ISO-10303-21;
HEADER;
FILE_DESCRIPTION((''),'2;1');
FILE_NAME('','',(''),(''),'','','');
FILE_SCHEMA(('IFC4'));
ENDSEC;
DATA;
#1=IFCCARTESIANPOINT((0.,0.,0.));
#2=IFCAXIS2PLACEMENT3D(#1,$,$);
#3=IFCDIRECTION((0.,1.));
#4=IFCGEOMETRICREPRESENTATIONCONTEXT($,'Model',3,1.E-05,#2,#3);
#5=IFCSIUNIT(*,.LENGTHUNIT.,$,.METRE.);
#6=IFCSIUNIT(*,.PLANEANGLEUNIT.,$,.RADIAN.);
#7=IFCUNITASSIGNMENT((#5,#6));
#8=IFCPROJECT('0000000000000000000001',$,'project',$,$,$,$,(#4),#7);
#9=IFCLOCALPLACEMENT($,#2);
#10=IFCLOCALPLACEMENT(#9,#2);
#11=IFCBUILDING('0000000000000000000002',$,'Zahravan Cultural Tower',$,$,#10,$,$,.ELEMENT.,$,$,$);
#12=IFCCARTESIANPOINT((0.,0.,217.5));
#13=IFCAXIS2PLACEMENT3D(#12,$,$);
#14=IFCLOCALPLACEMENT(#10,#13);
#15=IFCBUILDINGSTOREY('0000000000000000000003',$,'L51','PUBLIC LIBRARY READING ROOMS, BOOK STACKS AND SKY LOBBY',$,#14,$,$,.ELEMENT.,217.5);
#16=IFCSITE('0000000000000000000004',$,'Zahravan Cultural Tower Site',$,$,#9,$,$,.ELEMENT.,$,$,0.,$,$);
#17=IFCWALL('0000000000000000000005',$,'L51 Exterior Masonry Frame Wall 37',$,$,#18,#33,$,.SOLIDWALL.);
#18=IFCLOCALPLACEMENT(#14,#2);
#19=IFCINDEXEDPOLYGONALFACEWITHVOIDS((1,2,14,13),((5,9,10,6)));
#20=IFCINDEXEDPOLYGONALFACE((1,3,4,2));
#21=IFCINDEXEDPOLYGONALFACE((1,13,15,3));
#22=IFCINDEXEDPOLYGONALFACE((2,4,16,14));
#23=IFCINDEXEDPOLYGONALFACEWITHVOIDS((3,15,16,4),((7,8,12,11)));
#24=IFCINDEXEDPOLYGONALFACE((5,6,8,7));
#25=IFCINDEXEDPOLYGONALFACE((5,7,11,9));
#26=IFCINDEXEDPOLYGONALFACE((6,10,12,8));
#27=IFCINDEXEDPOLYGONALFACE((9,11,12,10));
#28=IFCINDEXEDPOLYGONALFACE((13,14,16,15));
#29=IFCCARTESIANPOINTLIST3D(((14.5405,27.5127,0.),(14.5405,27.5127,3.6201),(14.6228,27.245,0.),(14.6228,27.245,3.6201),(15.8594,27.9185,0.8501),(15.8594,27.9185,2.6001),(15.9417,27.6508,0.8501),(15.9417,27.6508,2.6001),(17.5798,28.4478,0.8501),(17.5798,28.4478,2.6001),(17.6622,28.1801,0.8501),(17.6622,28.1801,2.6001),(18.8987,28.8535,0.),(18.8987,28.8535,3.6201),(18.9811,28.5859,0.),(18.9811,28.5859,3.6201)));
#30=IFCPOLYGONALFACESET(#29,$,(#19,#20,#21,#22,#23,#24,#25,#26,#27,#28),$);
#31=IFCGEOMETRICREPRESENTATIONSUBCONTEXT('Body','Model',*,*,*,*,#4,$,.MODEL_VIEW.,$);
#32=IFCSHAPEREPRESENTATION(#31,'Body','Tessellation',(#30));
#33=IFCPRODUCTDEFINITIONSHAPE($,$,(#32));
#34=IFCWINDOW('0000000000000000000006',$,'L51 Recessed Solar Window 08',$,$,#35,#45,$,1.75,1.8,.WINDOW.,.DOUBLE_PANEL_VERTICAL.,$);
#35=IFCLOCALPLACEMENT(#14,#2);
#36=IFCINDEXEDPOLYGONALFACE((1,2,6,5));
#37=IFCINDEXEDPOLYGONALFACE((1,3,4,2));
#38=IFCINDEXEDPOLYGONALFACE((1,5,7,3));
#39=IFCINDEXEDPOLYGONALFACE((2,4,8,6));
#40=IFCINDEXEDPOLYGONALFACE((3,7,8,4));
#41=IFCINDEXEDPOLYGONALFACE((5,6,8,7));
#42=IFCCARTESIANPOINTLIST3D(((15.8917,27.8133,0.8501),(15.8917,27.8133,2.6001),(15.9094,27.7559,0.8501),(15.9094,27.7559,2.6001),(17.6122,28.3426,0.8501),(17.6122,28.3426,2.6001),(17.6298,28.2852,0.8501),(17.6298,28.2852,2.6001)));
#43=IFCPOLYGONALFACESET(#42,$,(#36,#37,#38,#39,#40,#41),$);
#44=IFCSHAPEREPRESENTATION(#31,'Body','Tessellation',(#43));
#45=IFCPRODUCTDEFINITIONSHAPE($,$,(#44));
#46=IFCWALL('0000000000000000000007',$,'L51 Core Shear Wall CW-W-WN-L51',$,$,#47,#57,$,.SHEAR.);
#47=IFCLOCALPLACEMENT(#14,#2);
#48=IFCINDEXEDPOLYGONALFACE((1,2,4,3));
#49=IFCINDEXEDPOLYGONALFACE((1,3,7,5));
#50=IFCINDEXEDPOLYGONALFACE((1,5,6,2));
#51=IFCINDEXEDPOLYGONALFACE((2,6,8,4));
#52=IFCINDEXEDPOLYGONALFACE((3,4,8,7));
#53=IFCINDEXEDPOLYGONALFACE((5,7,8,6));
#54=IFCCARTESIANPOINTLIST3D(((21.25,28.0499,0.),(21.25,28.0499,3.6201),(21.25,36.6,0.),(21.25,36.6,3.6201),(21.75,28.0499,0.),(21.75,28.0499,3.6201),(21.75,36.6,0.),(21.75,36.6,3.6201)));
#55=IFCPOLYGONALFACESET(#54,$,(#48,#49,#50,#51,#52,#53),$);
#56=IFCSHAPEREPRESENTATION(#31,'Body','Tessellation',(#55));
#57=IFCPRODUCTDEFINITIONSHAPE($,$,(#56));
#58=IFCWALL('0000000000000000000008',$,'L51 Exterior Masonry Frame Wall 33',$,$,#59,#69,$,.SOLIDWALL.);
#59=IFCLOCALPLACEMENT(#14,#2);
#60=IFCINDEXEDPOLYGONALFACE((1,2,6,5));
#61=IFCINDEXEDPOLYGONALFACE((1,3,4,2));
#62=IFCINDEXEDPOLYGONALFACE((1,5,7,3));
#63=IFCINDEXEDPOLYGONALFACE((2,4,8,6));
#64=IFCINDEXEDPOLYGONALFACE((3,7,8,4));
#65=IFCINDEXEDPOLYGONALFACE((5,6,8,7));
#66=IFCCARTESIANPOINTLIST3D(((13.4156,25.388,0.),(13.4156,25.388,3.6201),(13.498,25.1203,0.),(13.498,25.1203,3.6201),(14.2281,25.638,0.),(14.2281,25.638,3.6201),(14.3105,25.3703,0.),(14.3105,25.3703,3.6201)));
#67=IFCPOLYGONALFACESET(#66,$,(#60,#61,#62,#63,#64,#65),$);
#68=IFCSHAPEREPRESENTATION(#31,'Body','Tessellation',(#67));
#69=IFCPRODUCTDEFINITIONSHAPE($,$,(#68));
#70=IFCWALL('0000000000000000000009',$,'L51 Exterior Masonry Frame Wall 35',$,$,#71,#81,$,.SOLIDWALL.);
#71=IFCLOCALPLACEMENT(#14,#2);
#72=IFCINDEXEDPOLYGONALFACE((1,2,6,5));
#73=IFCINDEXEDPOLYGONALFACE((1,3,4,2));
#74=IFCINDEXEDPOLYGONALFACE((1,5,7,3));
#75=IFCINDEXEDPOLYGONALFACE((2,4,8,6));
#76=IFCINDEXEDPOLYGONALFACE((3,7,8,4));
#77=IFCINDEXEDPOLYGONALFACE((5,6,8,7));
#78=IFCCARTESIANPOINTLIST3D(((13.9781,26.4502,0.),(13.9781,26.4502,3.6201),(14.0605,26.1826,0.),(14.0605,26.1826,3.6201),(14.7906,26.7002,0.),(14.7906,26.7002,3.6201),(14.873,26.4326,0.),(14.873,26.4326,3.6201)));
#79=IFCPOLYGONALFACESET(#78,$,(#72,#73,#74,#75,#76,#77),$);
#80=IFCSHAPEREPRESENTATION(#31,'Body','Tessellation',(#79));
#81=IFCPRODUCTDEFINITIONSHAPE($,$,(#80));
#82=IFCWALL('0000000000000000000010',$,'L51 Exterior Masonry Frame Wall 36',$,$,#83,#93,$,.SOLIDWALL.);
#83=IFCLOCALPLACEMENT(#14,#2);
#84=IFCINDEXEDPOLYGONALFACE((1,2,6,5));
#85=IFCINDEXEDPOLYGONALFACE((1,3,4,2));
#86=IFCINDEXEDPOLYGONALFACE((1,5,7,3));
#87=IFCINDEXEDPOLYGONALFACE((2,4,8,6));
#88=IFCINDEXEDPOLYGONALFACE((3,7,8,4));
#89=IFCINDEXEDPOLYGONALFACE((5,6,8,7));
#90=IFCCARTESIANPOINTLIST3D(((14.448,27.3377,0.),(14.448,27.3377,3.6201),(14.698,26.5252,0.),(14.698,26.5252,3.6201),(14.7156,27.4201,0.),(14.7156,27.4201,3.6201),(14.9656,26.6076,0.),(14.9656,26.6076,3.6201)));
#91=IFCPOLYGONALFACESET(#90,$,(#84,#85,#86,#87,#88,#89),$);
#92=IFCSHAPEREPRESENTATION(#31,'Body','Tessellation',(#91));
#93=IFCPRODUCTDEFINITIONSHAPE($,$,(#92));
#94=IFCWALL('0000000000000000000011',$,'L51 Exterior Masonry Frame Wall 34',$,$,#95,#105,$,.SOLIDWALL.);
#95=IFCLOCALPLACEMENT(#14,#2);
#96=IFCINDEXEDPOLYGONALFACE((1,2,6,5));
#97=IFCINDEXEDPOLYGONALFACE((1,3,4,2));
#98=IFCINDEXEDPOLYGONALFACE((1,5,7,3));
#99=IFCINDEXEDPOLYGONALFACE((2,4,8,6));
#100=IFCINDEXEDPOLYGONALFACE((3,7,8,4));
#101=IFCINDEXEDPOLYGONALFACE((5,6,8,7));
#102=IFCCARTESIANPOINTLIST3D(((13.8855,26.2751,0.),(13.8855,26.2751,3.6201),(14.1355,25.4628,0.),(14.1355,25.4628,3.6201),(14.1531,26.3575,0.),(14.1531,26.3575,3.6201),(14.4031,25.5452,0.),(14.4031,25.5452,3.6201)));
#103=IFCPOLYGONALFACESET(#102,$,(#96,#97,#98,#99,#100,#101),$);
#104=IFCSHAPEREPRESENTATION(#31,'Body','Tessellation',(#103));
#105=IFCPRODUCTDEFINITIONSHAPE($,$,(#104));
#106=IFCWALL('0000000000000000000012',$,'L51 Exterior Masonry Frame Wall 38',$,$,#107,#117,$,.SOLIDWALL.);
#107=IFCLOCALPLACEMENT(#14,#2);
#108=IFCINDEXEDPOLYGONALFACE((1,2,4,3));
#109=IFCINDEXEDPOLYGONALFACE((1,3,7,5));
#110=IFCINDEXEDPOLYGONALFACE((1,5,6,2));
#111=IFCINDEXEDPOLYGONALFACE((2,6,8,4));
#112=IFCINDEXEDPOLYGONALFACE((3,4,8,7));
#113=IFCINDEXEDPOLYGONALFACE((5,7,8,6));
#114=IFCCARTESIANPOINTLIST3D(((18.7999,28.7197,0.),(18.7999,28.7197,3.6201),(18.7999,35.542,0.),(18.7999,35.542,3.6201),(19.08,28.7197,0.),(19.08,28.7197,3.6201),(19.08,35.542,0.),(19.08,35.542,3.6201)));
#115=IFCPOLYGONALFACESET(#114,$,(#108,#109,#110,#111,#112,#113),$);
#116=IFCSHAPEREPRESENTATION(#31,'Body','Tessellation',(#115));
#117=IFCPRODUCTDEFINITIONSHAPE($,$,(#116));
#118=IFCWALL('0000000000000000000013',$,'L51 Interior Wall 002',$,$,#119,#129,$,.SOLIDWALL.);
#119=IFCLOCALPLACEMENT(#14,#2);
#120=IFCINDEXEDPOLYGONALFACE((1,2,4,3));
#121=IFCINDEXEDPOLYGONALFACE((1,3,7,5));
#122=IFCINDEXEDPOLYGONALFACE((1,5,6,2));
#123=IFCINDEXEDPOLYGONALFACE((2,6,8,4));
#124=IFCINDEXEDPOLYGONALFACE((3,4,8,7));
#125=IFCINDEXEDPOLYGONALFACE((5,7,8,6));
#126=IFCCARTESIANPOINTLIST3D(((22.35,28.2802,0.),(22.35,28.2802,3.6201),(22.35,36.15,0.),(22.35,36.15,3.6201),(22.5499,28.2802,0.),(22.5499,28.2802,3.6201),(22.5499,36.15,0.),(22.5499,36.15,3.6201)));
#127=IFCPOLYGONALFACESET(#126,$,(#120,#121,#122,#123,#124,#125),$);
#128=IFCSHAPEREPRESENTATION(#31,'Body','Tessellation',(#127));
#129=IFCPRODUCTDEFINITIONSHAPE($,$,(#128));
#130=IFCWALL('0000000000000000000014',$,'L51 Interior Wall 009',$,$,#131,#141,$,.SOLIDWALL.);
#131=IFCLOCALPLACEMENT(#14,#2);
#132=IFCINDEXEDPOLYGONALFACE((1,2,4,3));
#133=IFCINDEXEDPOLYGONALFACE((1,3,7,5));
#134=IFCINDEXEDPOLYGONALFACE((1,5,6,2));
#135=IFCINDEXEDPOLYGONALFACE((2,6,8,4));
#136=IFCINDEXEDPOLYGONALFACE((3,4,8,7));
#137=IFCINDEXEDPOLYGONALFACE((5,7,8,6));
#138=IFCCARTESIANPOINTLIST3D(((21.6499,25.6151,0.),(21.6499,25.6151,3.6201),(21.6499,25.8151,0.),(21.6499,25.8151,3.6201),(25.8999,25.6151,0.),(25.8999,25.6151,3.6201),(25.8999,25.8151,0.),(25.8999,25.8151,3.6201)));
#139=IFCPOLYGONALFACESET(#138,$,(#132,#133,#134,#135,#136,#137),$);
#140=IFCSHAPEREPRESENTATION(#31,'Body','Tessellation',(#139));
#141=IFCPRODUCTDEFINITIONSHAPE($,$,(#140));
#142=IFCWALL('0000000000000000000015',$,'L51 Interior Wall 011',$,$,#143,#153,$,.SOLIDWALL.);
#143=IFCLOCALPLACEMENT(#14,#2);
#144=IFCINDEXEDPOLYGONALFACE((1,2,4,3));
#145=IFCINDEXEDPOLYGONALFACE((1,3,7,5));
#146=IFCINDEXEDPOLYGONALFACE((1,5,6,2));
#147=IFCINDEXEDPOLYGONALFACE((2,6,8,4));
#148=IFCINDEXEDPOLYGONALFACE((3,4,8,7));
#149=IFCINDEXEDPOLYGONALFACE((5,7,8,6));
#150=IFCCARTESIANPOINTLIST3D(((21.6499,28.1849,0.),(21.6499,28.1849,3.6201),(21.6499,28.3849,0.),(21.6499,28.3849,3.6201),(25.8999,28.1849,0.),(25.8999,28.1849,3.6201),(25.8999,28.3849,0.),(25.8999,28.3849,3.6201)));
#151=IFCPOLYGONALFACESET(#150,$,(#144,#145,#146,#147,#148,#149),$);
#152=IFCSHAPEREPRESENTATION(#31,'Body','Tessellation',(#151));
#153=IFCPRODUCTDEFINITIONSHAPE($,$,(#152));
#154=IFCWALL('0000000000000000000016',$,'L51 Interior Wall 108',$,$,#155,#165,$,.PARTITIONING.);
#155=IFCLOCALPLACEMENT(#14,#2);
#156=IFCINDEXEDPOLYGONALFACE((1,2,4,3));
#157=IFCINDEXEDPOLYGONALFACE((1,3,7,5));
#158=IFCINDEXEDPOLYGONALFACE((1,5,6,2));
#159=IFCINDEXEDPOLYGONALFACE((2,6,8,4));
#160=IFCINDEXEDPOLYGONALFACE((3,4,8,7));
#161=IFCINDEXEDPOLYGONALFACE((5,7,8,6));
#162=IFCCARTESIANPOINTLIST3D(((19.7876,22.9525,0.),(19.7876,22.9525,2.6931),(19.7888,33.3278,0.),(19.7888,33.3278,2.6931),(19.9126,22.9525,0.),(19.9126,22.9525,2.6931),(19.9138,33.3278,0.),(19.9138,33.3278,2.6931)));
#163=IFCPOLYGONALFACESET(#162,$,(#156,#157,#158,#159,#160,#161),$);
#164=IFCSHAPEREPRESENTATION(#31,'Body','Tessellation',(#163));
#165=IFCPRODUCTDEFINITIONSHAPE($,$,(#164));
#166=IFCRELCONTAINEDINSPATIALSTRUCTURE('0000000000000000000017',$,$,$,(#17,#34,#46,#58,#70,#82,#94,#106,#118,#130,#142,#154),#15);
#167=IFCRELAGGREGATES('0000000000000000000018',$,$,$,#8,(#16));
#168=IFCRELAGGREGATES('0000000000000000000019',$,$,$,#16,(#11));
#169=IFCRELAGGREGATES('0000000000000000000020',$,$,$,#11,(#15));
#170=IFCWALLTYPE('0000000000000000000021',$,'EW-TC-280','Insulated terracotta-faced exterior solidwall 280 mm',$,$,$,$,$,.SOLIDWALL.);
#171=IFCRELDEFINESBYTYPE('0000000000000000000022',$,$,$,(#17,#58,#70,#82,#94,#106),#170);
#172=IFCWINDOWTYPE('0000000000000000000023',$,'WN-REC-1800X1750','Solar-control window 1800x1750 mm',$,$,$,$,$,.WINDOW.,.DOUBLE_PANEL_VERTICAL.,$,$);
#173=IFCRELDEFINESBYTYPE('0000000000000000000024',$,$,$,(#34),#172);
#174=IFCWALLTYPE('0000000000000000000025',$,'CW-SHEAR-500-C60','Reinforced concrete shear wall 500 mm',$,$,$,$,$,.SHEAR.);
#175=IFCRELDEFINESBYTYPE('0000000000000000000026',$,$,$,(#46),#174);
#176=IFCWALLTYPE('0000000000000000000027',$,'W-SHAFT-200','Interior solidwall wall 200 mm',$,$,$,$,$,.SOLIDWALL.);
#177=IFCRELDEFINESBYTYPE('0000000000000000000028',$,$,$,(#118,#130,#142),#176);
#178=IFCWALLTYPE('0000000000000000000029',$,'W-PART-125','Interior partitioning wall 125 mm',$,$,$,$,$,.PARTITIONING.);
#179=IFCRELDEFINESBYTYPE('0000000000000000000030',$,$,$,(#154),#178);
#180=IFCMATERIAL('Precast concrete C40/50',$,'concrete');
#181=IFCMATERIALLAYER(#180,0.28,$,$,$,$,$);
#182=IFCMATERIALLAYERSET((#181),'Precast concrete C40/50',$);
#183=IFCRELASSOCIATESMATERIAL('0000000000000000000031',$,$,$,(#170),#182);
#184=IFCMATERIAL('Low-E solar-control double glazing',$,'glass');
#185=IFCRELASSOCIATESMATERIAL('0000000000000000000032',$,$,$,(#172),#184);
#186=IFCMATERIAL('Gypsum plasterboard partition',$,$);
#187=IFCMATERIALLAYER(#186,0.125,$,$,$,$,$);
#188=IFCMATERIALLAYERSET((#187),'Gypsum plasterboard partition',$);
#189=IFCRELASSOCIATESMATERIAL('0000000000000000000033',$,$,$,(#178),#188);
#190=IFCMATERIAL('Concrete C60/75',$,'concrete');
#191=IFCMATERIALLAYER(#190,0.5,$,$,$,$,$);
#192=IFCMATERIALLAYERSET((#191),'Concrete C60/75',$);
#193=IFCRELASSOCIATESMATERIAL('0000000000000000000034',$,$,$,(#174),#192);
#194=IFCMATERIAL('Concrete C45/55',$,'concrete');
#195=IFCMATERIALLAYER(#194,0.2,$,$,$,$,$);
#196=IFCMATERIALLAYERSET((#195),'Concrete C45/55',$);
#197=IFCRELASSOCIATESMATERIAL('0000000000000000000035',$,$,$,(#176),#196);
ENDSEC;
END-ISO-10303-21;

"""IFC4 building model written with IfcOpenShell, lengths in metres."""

from ifc_helpers import new_model, si_unit, direction, frame, frame_2d, origin, place, context, subcontext, project, spatial, rectangle, extrude, source, transform, mapped, material, layer, layer_set, type_object, element, fill, save


model = new_model("IFC4")

# Units and contexts
model_context = context("Model", 3, precision=1e-05, world=origin(), true_north=direction((0.0, 1.0)))
body_context = subcontext(model_context, "Body", "Model", "MODEL_VIEW")
ifc_project = project(units=[si_unit("LENGTHUNIT", "METRE"), si_unit("PLANEANGLEUNIT", "RADIAN")], contexts=[model_context])

# Site, building, storey
site_placement = place(None, origin())
site = spatial("IfcSite", under=ifc_project, at=site_placement, Name="Zahravan Cultural Tower Site", CompositionType="ELEMENT", RefElevation=0.0)
building_placement = place(site_placement, origin())
building = spatial("IfcBuilding", under=site, at=building_placement, Name="Zahravan Cultural Tower", CompositionType="ELEMENT")
storey_placement = place(building_placement, frame((0.0, 0.0, 217.5)))
storey = spatial("IfcBuildingStorey", under=building, at=storey_placement, Name="L51", Description="PUBLIC LIBRARY READING ROOMS, BOOK STACKS AND SKY LOBBY", CompositionType="ELEMENT", Elevation=217.5)

# Wall, opening, window
ifc_material_1 = material(Name="Precast concrete C40/50", Category="concrete")
ifc_layer_1 = layer(ifc_material_1, 0.28)
ifc_layer_set_1 = layer_set([ifc_layer_1], Name="Precast concrete C40/50")
wall_type_1 = type_object("IfcWallType", Name="EW-TC-280", Description="Insulated terracotta-faced exterior solidwall 280 mm", PredefinedType="SOLIDWALL", material=ifc_layer_set_1)
wall_1_placement = place(storey_placement, frame((14.5818, 27.3789, 0.0), z_axis=(0.0, 0.0, 1.0), x_axis=(0.955788, 0.294056, 0.0)))
wall_1 = element("IfcWall", 1, at=wall_1_placement, inside=storey, type_object=wall_type_1, Name="L51 Exterior Masonry Frame Wall 37", PredefinedType="SOLIDWALL", context=body_context, shape_type="SweptSolid", body=[
    extrude(rectangle(XDim=4.5598, YDim=0.28, at=frame_2d((2.2798, 0.0))), origin(), (0.0, 0.0, 1.0), 3.6201),
])
opening_1_placement = place(wall_1_placement, frame((1.3799, 0.0, 0.8501)))
opening_1 = element("IfcOpeningElement", 2, at=opening_1_placement, cuts=wall_1, PredefinedType="OPENING", context=body_context, shape_type="SweptSolid", body=[
    extrude(rectangle(XDim=1.8, YDim=1.75, at=frame_2d((0.8999, 0.875))), frame((0.0, 0.1499, 0.0), z_axis=(0.0, -1.0, 0.0), x_axis=(1.0, 0.0, 0.0)), (0.0, 0.0, 1.0), 0.3),
])
ifc_material_2 = material(Name="Low-E solar-control double glazing", Category="glass")
window_type = type_object("IfcWindowType", Name="WN-REC-1800X1750", Description="Solar-control window 1800x1750 mm", PartitioningType="DOUBLE_PANEL_VERTICAL", PredefinedType="WINDOW", material=ifc_material_2)
shared_shape_1 = source(origin(), body_context, "Body", "SweptSolid", [
    extrude(rectangle(XDim=1.8, YDim=1.75, at=frame_2d((0.8999, 0.875))), frame((0.0, 0.03, 0.0), z_axis=(0.0, -1.0, 0.0), x_axis=(1.0, 0.0, 0.0)), (0.0, 0.0, 1.0), 0.0601),
])
window_placement = place(opening_1_placement, origin())
window = element("IfcWindow", 3, at=window_placement, inside=storey, type_object=window_type, Name="L51 Recessed Solar Window 08", OverallHeight=1.75, OverallWidth=1.8, PartitioningType="DOUBLE_PANEL_VERTICAL", PredefinedType="WINDOW", context=body_context, shape_type="MappedRepresentation", body=[
    mapped(shared_shape_1, transform((0.0, 0.0, 0.0), x_axis=(1.0, 0.0, 0.0), y_axis=(0.0, 1.0, 0.0), z_axis=(0.0, 0.0, 1.0), scale=1.0)),
])
fill(opening_1, window)

# Shared definitions
ifc_material_3 = material(Name="Gypsum plasterboard partition")
ifc_layer_2 = layer(ifc_material_3, 0.125)
ifc_layer_set_2 = layer_set([ifc_layer_2], Name="Gypsum plasterboard partition")
wall_type_2 = type_object("IfcWallType", Name="W-PART-125", Description="Interior partitioning wall 125 mm", PredefinedType="PARTITIONING", material=ifc_layer_set_2)

# Walls
ifc_material_4 = material(Name="Concrete C60/75", Category="concrete")
ifc_layer_3 = layer(ifc_material_4, 0.5)
ifc_layer_set_3 = layer_set([ifc_layer_3], Name="Concrete C60/75")
wall_type_3 = type_object("IfcWallType", Name="CW-SHEAR-500-C60", Description="Reinforced concrete shear wall 500 mm", PredefinedType="SHEAR", material=ifc_layer_set_3)
shared_shape_2 = source(origin(), body_context, "Body", "SweptSolid", [
    extrude(rectangle(XDim=8.55, YDim=0.5, at=frame_2d((4.2749, 0.0))), origin(), (0.0, 0.0, 1.0), 3.6201),
])
wall_2_placement = place(storey_placement, frame((21.5, 28.05, 0.0), z_axis=(0.0, 0.0, 1.0), x_axis=(0.0, 1.0, 0.0)))
element("IfcWall", 4, at=wall_2_placement, inside=storey, type_object=wall_type_3, Name="L51 Core Shear Wall CW-W-WN-L51", PredefinedType="SHEAR", context=body_context, shape_type="MappedRepresentation", body=[
    mapped(shared_shape_2, transform((0.0, 0.0, 0.0), x_axis=(1.0, 0.0, 0.0), y_axis=(0.0, 1.0, 0.0), z_axis=(0.0, 0.0, 1.0), scale=1.0)),
])
shared_shape_3 = source(origin(), body_context, "Body", "SweptSolid", [
    extrude(rectangle(XDim=0.8501, YDim=0.28, at=frame_2d((0.425, 0.0))), origin(), (0.0, 0.0, 1.0), 3.6201),
])
for number, where, z_axis, x_axis, name in (
    (5, (13.4568, 25.2542, 0.0), (0.0, 0.0, 1.0), (0.955779, 0.294086, 0.0), "L51 Exterior Masonry Frame Wall 33"),
    (6, (14.0193, 26.3164, 0.0), (0.0, 0.0, 1.0), (0.955779, 0.294086, 0.0), "L51 Exterior Masonry Frame Wall 35"),
    (7, (14.8318, 26.5664, 0.0), (0.0, 0.0, 1.0), (-0.294086, 0.955779, 0.0), "L51 Exterior Masonry Frame Wall 36"),
):
    element("IfcWall", number, at=place(storey_placement, frame(where, z_axis=z_axis, x_axis=x_axis)), inside=storey, type_object=wall_type_1, Name=name, PredefinedType="SOLIDWALL", context=body_context, shape_type="MappedRepresentation", body=[
        mapped(shared_shape_3, transform((0.0, 0.0, 0.0), x_axis=(1.0, 0.0, 0.0), y_axis=(0.0, 1.0, 0.0), z_axis=(0.0, 0.0, 1.0), scale=1.0)),
    ])
shared_shape_4 = source(origin(), body_context, "Body", "SweptSolid", [
    extrude(rectangle(XDim=0.8499, YDim=0.28, at=frame_2d((0.4248, 0.0))), origin(), (0.0, 0.0, 1.0), 3.6201),
])
wall_3_placement = place(storey_placement, frame((14.2693, 25.5042, 0.0), z_axis=(0.0, 0.0, 1.0), x_axis=(-0.294167, 0.955754, 0.0)))
element("IfcWall", 8, at=wall_3_placement, inside=storey, type_object=wall_type_1, Name="L51 Exterior Masonry Frame Wall 34", PredefinedType="SOLIDWALL", context=body_context, shape_type="MappedRepresentation", body=[
    mapped(shared_shape_4, transform((0.0, 0.0, 0.0), x_axis=(1.0, 0.0, 0.0), y_axis=(0.0, 1.0, 0.0), z_axis=(0.0, 0.0, 1.0), scale=1.0)),
])
shared_shape_5 = source(origin(), body_context, "Body", "SweptSolid", [
    extrude(rectangle(XDim=6.8223, YDim=0.28, at=frame_2d((3.4111, 0.0))), origin(), (0.0, 0.0, 1.0), 3.6201),
])
wall_4_placement = place(storey_placement, frame((18.9399, 28.7197, 0.0), z_axis=(0.0, 0.0, 1.0), x_axis=(0.0, 1.0, 0.0)))
element("IfcWall", 9, at=wall_4_placement, inside=storey, type_object=wall_type_1, Name="L51 Exterior Masonry Frame Wall 38", PredefinedType="SOLIDWALL", context=body_context, shape_type="MappedRepresentation", body=[
    mapped(shared_shape_5, transform((0.0, 0.0, 0.0), x_axis=(1.0, 0.0, 0.0), y_axis=(0.0, 1.0, 0.0), z_axis=(0.0, 0.0, 1.0), scale=1.0)),
])
ifc_material_5 = material(Name="Concrete C45/55", Category="concrete")
ifc_layer_4 = layer(ifc_material_5, 0.2)
ifc_layer_set_4 = layer_set([ifc_layer_4], Name="Concrete C45/55")
wall_type_4 = type_object("IfcWallType", Name="W-SHAFT-200", Description="Interior solidwall wall 200 mm", PredefinedType="SOLIDWALL", material=ifc_layer_set_4)
shared_shape_6 = source(origin(), body_context, "Body", "SweptSolid", [
    extrude(rectangle(XDim=7.8699, YDim=0.2, at=frame_2d((3.9351, 0.0))), origin(), (0.0, 0.0, 1.0), 3.6201),
])
wall_5_placement = place(storey_placement, frame((22.45, 28.28, 0.0), z_axis=(0.0, 0.0, 1.0), x_axis=(0.0, 1.0, 0.0)))
element("IfcWall", 10, at=wall_5_placement, inside=storey, type_object=wall_type_4, Name="L51 Interior Wall 002", PredefinedType="SOLIDWALL", context=body_context, shape_type="MappedRepresentation", body=[
    mapped(shared_shape_6, transform((0.0, 0.0, 0.0), x_axis=(1.0, 0.0, 0.0), y_axis=(0.0, 1.0, 0.0), z_axis=(0.0, 0.0, 1.0), scale=1.0)),
])
shared_shape_7 = source(origin(), body_context, "Body", "SweptSolid", [
    extrude(rectangle(XDim=4.25, YDim=0.2, at=frame_2d((2.125, 0.0))), origin(), (0.0, 0.0, 1.0), 3.6201),
])
for number, where, z_axis, x_axis, name in (
    (11, (21.6499, 25.7151, 0.0), (0.0, 0.0, 1.0), (1.0, 0.0, 0.0), "L51 Interior Wall 009"),
    (12, (21.6499, 28.2849, 0.0), (0.0, 0.0, 1.0), (1.0, 0.0, 0.0), "L51 Interior Wall 011"),
):
    element("IfcWall", number, at=place(storey_placement, frame(where, z_axis=z_axis, x_axis=x_axis)), inside=storey, type_object=wall_type_4, Name=name, PredefinedType="SOLIDWALL", context=body_context, shape_type="MappedRepresentation", body=[
        mapped(shared_shape_7, transform((0.0, 0.0, 0.0), x_axis=(1.0, 0.0, 0.0), y_axis=(0.0, 1.0, 0.0), z_axis=(0.0, 0.0, 1.0), scale=1.0)),
    ])
shared_shape_8 = source(origin(), body_context, "Body", "SweptSolid", [
    extrude(rectangle(XDim=10.3752, YDim=0.125, at=frame_2d((5.1875, 0.0))), origin(), (0.0, 0.0, 1.0), 2.6931),
])
wall_6_placement = place(storey_placement, frame((19.8513, 33.3276, 0.0), z_axis=(0.0, 0.0, 1.0), x_axis=(-0.000118, -1.0, 0.0)))
element("IfcWall", 13, at=wall_6_placement, inside=storey, type_object=wall_type_2, Name="L51 Interior Wall 108", PredefinedType="PARTITIONING", context=body_context, shape_type="MappedRepresentation", body=[
    mapped(shared_shape_8, transform((0.0, 0.0, 0.0), x_axis=(1.0, 0.0, 0.0), y_axis=(0.0, 1.0, 0.0), z_axis=(0.0, 0.0, 1.0), scale=1.0)),
])

save(model, "model.ifc")
